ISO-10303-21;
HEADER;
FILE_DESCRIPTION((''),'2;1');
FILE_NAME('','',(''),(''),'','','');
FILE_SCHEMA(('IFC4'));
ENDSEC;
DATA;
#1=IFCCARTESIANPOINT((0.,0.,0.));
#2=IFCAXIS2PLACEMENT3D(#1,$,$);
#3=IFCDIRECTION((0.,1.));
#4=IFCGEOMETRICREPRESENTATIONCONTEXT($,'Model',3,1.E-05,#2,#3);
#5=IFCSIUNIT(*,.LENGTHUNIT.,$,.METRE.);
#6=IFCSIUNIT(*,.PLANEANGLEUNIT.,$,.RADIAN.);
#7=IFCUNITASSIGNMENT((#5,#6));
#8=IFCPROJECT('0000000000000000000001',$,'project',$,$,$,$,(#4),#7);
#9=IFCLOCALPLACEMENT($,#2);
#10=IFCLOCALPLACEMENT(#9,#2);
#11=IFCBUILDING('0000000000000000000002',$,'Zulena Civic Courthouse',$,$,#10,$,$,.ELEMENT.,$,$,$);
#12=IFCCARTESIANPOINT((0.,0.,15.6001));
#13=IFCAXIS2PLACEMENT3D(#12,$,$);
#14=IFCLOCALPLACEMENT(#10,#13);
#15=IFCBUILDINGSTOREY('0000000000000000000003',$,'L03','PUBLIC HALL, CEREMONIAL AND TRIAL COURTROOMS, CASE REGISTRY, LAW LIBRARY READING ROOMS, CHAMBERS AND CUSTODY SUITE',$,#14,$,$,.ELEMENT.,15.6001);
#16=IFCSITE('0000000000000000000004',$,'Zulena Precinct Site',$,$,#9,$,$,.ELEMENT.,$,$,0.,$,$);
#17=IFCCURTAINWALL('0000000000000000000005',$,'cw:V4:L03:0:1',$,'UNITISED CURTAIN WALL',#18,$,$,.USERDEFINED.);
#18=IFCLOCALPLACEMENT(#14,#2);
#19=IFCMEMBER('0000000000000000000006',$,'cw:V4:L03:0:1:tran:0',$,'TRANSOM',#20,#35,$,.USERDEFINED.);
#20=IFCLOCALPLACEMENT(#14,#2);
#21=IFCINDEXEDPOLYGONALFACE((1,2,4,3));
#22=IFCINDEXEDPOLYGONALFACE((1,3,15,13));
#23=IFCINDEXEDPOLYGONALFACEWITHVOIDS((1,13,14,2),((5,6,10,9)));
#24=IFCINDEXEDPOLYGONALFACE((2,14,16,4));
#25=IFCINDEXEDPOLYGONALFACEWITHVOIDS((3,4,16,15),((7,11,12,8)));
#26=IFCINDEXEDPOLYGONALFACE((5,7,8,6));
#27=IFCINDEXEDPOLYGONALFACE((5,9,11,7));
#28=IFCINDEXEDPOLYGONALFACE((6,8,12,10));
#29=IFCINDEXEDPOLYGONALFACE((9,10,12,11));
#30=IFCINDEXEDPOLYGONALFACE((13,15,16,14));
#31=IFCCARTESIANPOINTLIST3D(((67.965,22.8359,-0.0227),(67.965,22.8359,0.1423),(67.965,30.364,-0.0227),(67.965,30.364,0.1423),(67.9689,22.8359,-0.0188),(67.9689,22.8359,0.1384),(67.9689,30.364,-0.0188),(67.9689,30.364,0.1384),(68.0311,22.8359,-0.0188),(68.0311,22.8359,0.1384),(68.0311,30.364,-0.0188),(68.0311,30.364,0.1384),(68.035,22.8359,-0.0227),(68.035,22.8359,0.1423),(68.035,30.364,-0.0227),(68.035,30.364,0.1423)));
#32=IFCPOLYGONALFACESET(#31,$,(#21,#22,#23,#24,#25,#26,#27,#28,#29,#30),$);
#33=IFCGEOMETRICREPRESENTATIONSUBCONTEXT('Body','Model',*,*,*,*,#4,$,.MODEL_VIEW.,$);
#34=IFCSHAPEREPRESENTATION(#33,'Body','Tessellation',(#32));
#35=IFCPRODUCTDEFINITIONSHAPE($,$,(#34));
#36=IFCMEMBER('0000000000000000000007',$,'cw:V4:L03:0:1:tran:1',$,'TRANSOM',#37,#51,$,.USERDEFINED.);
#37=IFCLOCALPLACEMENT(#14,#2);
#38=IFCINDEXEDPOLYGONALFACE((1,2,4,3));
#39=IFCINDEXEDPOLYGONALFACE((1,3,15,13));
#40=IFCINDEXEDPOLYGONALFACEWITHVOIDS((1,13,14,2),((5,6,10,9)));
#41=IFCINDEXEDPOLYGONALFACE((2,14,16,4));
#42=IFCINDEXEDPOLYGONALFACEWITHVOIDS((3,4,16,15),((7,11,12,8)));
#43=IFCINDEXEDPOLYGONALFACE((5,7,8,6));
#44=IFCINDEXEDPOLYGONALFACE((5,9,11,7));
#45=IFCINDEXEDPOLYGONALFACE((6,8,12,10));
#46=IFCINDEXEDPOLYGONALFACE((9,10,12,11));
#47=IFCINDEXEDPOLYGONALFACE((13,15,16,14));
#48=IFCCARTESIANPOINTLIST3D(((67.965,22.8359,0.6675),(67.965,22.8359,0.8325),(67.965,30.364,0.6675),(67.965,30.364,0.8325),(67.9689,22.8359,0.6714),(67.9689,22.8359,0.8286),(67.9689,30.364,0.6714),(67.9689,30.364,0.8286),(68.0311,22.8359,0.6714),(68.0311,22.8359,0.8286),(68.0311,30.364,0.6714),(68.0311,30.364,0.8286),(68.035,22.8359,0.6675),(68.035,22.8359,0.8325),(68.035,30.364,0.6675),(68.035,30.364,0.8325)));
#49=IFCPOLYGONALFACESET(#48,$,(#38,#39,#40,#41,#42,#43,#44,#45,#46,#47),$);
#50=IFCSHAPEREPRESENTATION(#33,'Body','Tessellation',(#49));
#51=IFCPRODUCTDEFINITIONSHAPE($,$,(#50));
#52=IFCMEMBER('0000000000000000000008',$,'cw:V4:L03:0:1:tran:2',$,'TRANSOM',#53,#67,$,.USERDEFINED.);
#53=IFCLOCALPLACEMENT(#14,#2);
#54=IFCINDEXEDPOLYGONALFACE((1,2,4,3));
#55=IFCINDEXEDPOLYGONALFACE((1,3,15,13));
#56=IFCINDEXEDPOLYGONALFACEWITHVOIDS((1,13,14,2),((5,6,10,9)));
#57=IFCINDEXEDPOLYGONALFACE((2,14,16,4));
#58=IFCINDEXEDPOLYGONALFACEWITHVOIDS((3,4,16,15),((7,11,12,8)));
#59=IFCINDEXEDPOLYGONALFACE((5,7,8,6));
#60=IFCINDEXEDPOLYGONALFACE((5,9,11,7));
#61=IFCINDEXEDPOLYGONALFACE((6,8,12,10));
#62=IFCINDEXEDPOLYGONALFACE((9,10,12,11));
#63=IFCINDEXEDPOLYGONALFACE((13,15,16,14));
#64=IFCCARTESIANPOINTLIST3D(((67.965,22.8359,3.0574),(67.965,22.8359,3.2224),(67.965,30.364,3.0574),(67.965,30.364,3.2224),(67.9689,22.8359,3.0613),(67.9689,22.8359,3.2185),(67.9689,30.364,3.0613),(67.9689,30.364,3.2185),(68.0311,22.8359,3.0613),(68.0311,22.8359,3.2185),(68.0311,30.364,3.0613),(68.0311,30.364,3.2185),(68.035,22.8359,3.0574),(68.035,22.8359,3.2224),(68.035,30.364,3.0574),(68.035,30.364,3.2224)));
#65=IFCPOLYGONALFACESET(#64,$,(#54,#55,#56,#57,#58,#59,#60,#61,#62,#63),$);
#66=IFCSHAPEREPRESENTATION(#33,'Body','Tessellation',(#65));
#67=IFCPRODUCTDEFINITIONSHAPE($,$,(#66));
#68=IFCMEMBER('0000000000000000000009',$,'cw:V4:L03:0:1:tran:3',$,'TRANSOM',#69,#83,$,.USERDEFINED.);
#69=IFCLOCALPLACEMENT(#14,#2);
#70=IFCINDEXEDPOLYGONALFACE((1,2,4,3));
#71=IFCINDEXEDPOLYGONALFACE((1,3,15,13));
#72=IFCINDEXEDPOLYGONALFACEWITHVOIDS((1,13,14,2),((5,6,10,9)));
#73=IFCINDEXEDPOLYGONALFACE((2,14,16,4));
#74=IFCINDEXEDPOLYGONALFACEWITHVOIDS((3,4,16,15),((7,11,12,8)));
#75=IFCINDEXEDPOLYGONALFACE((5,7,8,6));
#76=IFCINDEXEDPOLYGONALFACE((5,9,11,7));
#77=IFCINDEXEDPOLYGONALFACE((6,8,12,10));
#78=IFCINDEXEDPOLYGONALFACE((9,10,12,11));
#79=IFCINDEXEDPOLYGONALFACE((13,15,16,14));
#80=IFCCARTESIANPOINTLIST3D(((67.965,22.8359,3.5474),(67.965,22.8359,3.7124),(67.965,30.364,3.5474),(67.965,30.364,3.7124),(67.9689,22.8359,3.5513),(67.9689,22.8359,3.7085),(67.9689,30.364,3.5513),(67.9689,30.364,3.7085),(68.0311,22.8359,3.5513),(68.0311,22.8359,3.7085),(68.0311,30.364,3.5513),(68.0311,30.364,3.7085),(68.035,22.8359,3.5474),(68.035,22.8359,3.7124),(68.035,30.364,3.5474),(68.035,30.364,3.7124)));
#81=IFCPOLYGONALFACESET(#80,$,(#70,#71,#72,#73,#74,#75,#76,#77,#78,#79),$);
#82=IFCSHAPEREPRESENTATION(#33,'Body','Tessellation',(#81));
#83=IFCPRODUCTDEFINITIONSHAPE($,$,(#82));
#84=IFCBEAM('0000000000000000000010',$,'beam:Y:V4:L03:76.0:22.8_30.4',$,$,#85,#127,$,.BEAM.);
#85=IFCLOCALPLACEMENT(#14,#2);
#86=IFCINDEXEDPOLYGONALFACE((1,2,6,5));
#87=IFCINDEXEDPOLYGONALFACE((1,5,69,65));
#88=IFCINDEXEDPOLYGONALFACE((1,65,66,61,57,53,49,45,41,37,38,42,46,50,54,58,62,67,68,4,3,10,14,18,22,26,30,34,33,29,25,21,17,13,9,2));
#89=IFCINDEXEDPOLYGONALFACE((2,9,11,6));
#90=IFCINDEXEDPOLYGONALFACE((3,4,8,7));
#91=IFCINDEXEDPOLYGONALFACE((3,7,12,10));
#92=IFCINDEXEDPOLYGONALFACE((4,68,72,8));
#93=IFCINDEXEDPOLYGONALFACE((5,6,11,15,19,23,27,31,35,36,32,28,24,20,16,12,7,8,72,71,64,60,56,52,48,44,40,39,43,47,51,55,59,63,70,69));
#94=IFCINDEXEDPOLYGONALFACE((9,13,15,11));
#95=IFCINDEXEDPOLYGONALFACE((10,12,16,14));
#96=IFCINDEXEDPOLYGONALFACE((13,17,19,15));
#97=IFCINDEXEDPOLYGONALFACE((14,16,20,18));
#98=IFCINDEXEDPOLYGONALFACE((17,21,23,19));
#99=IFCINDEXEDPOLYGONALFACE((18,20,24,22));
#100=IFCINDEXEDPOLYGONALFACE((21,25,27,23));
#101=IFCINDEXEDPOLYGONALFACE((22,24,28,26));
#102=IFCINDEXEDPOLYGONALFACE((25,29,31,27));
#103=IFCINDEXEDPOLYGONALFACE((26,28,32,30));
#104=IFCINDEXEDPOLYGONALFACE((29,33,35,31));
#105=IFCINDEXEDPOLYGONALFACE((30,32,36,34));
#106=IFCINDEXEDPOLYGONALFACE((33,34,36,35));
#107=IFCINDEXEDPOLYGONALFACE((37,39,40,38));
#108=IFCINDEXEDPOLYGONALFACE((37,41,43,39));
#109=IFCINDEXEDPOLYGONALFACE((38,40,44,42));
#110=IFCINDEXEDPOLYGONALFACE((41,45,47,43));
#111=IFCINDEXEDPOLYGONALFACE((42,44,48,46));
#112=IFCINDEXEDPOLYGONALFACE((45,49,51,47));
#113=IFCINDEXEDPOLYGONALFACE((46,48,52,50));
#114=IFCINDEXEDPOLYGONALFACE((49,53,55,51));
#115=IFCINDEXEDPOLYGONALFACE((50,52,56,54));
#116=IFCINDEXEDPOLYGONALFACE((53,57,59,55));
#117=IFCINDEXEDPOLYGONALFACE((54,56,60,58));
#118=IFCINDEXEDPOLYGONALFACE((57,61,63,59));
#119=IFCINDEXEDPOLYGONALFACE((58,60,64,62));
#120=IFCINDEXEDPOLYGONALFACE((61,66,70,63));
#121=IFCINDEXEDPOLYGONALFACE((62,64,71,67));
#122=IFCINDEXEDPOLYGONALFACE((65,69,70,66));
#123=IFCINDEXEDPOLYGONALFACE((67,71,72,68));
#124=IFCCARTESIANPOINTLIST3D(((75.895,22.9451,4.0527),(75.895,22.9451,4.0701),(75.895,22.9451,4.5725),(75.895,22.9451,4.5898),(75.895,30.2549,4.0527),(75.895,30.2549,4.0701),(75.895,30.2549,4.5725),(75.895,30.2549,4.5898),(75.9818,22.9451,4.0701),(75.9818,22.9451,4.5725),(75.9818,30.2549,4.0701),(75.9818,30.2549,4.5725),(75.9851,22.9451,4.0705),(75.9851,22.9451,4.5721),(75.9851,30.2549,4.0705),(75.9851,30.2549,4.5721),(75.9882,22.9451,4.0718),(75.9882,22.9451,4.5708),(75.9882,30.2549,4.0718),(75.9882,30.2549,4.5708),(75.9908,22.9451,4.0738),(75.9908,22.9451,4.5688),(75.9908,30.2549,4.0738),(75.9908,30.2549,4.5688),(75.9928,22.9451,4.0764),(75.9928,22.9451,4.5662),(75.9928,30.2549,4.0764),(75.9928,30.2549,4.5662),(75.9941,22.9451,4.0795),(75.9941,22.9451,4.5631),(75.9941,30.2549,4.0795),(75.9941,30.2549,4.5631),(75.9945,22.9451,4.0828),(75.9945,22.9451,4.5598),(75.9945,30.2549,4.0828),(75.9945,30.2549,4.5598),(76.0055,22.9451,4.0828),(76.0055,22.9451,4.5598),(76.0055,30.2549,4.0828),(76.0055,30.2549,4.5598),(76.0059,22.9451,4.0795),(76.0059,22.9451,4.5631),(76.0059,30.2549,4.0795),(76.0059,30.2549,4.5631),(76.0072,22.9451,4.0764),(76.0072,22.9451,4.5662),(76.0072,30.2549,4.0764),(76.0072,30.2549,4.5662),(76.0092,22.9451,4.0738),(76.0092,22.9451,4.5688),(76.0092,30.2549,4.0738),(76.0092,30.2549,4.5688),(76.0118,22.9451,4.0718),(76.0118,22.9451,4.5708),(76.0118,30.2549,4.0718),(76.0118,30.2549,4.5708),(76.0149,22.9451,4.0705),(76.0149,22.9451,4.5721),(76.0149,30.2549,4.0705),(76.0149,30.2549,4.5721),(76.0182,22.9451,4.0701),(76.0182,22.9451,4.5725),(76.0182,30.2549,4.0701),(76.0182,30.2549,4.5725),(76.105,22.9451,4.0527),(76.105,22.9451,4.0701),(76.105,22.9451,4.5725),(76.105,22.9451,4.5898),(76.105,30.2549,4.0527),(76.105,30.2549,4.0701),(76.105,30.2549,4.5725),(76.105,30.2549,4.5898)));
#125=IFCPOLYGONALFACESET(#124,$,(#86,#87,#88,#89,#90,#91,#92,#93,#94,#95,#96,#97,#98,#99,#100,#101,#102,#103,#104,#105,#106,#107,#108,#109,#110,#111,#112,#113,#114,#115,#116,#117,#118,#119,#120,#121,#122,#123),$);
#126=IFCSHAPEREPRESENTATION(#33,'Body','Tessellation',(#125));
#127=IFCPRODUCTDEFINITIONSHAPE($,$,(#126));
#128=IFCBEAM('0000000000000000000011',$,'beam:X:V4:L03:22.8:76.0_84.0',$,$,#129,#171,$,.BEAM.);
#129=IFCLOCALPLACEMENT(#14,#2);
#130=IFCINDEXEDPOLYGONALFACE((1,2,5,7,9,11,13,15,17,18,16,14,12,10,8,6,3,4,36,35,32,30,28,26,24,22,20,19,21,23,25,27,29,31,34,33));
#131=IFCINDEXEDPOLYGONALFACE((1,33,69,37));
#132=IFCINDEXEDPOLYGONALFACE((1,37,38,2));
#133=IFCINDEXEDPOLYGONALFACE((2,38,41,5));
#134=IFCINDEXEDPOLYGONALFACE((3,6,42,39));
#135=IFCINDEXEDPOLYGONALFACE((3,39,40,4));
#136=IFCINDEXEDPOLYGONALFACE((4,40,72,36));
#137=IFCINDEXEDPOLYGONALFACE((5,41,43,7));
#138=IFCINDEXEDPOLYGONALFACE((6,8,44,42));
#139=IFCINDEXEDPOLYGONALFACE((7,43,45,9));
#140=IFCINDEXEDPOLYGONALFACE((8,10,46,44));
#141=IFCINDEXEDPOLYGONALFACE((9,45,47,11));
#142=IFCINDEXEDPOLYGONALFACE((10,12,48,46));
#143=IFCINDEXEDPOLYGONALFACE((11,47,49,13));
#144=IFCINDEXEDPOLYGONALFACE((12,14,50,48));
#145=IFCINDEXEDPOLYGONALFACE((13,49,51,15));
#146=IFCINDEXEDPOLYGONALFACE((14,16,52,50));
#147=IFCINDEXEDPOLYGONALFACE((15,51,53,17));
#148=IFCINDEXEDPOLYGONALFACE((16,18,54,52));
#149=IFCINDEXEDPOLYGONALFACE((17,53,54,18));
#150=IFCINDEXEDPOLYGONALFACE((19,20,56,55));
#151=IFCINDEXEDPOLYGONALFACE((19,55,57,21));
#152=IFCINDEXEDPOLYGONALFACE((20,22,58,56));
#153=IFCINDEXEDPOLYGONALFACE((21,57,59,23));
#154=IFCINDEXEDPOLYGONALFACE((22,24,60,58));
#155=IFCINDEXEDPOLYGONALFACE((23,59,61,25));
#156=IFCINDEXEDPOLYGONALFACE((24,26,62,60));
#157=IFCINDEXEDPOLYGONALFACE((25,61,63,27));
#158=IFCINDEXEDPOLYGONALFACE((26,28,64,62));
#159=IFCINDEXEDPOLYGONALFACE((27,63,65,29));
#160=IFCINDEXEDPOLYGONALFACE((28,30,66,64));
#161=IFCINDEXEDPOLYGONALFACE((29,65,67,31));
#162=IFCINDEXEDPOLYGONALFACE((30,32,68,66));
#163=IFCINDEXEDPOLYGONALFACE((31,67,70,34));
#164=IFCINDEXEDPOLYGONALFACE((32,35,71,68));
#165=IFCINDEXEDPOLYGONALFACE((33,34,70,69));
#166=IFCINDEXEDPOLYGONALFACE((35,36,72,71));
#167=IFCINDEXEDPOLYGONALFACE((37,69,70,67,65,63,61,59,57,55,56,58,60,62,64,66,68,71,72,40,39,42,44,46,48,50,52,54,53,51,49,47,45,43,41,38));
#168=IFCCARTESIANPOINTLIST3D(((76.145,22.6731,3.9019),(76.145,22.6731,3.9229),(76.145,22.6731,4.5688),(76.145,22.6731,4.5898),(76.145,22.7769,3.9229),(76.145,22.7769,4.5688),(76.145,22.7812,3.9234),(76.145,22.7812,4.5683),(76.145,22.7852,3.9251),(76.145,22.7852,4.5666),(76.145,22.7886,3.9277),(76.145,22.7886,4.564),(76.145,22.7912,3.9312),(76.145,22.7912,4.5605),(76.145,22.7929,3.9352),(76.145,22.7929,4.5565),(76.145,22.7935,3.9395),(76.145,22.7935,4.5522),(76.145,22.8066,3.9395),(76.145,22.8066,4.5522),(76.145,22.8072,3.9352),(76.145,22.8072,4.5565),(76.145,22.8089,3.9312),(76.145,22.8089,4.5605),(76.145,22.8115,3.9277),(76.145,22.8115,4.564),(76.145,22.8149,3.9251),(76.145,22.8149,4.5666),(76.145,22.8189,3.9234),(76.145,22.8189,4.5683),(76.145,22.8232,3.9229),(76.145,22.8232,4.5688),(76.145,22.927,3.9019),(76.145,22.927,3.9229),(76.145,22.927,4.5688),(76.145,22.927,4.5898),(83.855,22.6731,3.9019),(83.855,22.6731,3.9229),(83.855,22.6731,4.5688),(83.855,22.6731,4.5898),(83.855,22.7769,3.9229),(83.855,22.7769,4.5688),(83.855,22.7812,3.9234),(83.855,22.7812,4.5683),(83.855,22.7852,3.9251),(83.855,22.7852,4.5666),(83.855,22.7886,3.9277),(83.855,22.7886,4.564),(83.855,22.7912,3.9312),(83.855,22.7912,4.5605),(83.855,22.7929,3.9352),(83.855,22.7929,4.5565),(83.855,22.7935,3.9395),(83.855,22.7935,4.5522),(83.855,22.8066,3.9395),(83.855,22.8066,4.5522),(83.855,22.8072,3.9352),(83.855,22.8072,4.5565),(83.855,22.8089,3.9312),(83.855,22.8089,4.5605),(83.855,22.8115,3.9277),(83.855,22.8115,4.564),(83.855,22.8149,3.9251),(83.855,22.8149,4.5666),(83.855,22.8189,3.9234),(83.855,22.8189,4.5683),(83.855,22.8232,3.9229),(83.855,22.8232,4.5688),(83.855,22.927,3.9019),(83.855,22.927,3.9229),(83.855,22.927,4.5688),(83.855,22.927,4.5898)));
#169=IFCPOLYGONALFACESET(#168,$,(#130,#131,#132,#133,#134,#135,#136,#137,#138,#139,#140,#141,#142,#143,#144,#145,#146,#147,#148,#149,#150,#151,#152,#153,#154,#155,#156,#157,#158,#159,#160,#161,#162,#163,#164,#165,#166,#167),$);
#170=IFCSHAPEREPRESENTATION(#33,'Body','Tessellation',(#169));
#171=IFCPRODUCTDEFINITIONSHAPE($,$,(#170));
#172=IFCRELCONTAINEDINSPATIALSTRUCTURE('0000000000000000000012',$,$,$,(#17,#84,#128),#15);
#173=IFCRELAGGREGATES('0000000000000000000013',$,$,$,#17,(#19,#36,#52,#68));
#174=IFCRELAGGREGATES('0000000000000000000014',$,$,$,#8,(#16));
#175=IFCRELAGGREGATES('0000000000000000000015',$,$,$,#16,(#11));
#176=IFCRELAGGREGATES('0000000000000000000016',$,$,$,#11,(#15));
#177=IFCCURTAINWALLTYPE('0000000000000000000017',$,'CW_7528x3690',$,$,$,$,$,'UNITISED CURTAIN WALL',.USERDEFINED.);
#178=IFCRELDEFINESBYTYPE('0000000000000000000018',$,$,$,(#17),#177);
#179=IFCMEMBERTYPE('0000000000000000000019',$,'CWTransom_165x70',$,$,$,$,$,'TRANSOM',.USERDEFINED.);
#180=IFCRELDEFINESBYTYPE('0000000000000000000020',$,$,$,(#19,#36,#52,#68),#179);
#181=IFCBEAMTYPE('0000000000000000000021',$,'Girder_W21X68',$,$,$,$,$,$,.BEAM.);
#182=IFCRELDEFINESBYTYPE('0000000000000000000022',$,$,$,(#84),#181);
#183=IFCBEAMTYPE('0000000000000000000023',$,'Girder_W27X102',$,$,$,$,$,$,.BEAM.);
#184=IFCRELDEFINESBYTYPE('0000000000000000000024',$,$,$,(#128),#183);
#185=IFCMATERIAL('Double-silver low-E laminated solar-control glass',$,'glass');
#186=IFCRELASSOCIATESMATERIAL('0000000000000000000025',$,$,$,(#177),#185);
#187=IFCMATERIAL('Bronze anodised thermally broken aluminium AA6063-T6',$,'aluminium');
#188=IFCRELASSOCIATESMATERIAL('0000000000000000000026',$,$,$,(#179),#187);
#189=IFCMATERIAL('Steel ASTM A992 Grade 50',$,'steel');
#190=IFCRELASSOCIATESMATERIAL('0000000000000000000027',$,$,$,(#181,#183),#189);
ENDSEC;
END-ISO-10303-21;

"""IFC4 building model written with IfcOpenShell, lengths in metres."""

from ifc_helpers import new_model, si_unit, direction, frame, origin, origin_2d, place, context, subcontext, project, spatial, hollow_rectangle, i_section, extrude, material, material_profile, profile_set, type_object, element, aggregate, save


model = new_model("IFC4")

# Units and contexts
model_context = context("Model", 3, precision=1e-05, world=origin(), true_north=direction((0.0, 1.0)))
body_context = subcontext(model_context, "Body", "Model", "MODEL_VIEW")
ifc_project = project(units=[si_unit("LENGTHUNIT", "METRE"), si_unit("PLANEANGLEUNIT", "RADIAN")], contexts=[model_context])

# Site, building, storey
site_placement = place(None, origin())
site = spatial("IfcSite", under=ifc_project, at=site_placement, Name="Zulena Precinct Site", CompositionType="ELEMENT", RefElevation=0.0)
building_placement = place(site_placement, origin())
building = spatial("IfcBuilding", under=site, at=building_placement, Name="Zulena Civic Courthouse", CompositionType="ELEMENT")
storey_placement = place(building_placement, frame((0.0, 0.0, 15.6001)))
storey = spatial("IfcBuildingStorey", under=building, at=storey_placement, Name="L03", Description="PUBLIC HALL, CEREMONIAL AND TRIAL COURTROOMS, CASE REGISTRY, LAW LIBRARY READING ROOMS, CHAMBERS AND CUSTODY SUITE", CompositionType="ELEMENT", Elevation=15.6001)

# Shared definitions
ifc_material_1 = material(Name="Steel ASTM A992 Grade 50", Category="steel")

# Curtain wall, members
ifc_material_2 = material(Name="Double-silver low-E laminated solar-control glass", Category="glass")
curtain_wall_type = type_object("IfcCurtainWallType", Name="CW_7528x3690", ElementType="UNITISED CURTAIN WALL", PredefinedType="USERDEFINED", material=ifc_material_2)
curtain_wall_placement = place(storey_placement, origin())
curtain_wall = element("IfcCurtainWall", 1, at=curtain_wall_placement, inside=storey, type_object=curtain_wall_type, Name="cw:V4:L03:0:1", ObjectType="UNITISED CURTAIN WALL", PredefinedType="USERDEFINED")
ifc_material_3 = material(Name="Bronze anodised thermally broken aluminium AA6063-T6", Category="aluminium")
ifc_material_profile_1 = material_profile(ifc_material_3, hollow_rectangle(XDim=0.0701, YDim=0.165, WallThickness=0.0039, at=origin_2d()), Name="CWT165X70X4")
ifc_profile_set_1 = profile_set([ifc_material_profile_1], Name="Bronze anodised thermally broken aluminium AA6063-T6")
member_type_1 = type_object("IfcMemberType", Name="CWTransom_165x70", ElementType="TRANSOM", PredefinedType="USERDEFINED", material=ifc_profile_set_1)
member_1_placement = place(storey_placement, frame((68.0, 22.8359, 0.0598), z_axis=(0.0, 1.0, 0.0), x_axis=(-1.0, 0.0, 0.0)))
member_1 = element("IfcMember", 2, at=member_1_placement, type_object=member_type_1, Name="cw:V4:L03:0:1:tran:0", ObjectType="TRANSOM", PredefinedType="USERDEFINED", context=body_context, shape_type="SweptSolid", body=[
    extrude(hollow_rectangle(XDim=0.0701, YDim=0.165, WallThickness=0.0039, at=origin_2d()), origin(), (0.0, 0.0, 1.0), 7.5281),
])
member_2_placement = place(storey_placement, frame((68.0, 22.8359, 0.75), z_axis=(0.0, 1.0, 0.0), x_axis=(-1.0, 0.0, 0.0)))
member_2 = element("IfcMember", 3, at=member_2_placement, type_object=member_type_1, Name="cw:V4:L03:0:1:tran:1", ObjectType="TRANSOM", PredefinedType="USERDEFINED", context=body_context, shape_type="SweptSolid", body=[
    extrude(hollow_rectangle(XDim=0.0701, YDim=0.165, WallThickness=0.0039, at=origin_2d()), origin(), (0.0, 0.0, 1.0), 7.5281),
])
member_3_placement = place(storey_placement, frame((68.0, 22.8359, 3.1399), z_axis=(0.0, 1.0, 0.0), x_axis=(-1.0, 0.0, 0.0)))
member_3 = element("IfcMember", 4, at=member_3_placement, type_object=member_type_1, Name="cw:V4:L03:0:1:tran:2", ObjectType="TRANSOM", PredefinedType="USERDEFINED", context=body_context, shape_type="SweptSolid", body=[
    extrude(hollow_rectangle(XDim=0.0701, YDim=0.165, WallThickness=0.0039, at=origin_2d()), origin(), (0.0, 0.0, 1.0), 7.5281),
])
member_4_placement = place(storey_placement, frame((68.0, 22.8359, 3.6299), z_axis=(0.0, 1.0, 0.0), x_axis=(-1.0, 0.0, 0.0)))
member_4 = element("IfcMember", 5, at=member_4_placement, type_object=member_type_1, Name="cw:V4:L03:0:1:tran:3", ObjectType="TRANSOM", PredefinedType="USERDEFINED", context=body_context, shape_type="SweptSolid", body=[
    extrude(hollow_rectangle(XDim=0.0701, YDim=0.165, WallThickness=0.0039, at=origin_2d()), origin(), (0.0, 0.0, 1.0), 7.5281),
])

# Beams
ifc_material_profile_2 = material_profile(ifc_material_1, i_section(OverallWidth=0.21, OverallDepth=0.5371, WebThickness=0.011, FlangeThickness=0.0173, FilletRadius=0.0127, at=origin_2d()), Name="W21X68")
ifc_profile_set_2 = profile_set([ifc_material_profile_2], Name="Steel ASTM A992 Grade 50")
beam_type_1 = type_object("IfcBeamType", Name="Girder_W21X68", PredefinedType="BEAM", material=ifc_profile_set_2)
beam_1_placement = place(storey_placement, frame((76.0, 22.9451, 4.3213), z_axis=(0.0, 1.0, 0.0), x_axis=(-1.0, 0.0, 0.0)))
element("IfcBeam", 6, at=beam_1_placement, inside=storey, type_object=beam_type_1, Name="beam:Y:V4:L03:76.0:22.8_30.4", PredefinedType="BEAM", context=body_context, shape_type="SweptSolid", body=[
    extrude(i_section(OverallWidth=0.21, OverallDepth=0.5371, WebThickness=0.011, FlangeThickness=0.0173, FilletRadius=0.0127, at=origin_2d()), origin(), (0.0, 0.0, 1.0), 7.3098),
])
ifc_material_profile_3 = material_profile(ifc_material_1, i_section(OverallWidth=0.2539, OverallDepth=0.688, WebThickness=0.0132, FlangeThickness=0.021, FilletRadius=0.0166, at=origin_2d()), Name="W27X102")
ifc_profile_set_3 = profile_set([ifc_material_profile_3], Name="Steel ASTM A992 Grade 50")
beam_type_2 = type_object("IfcBeamType", Name="Girder_W27X102", PredefinedType="BEAM", material=ifc_profile_set_3)
beam_2_placement = place(storey_placement, frame((76.145, 22.8, 4.2458), z_axis=(1.0, 0.0, 0.0), x_axis=(0.0, 1.0, 0.0)))
element("IfcBeam", 7, at=beam_2_placement, inside=storey, type_object=beam_type_2, Name="beam:X:V4:L03:22.8:76.0_84.0", PredefinedType="BEAM", context=body_context, shape_type="SweptSolid", body=[
    extrude(i_section(OverallWidth=0.2539, OverallDepth=0.688, WebThickness=0.0132, FlangeThickness=0.021, FilletRadius=0.0166, at=origin_2d()), origin(), (0.0, 0.0, 1.0), 7.71),
])

aggregate(curtain_wall, [member_1, member_2, member_3, member_4])

save(model, "model.ifc")
